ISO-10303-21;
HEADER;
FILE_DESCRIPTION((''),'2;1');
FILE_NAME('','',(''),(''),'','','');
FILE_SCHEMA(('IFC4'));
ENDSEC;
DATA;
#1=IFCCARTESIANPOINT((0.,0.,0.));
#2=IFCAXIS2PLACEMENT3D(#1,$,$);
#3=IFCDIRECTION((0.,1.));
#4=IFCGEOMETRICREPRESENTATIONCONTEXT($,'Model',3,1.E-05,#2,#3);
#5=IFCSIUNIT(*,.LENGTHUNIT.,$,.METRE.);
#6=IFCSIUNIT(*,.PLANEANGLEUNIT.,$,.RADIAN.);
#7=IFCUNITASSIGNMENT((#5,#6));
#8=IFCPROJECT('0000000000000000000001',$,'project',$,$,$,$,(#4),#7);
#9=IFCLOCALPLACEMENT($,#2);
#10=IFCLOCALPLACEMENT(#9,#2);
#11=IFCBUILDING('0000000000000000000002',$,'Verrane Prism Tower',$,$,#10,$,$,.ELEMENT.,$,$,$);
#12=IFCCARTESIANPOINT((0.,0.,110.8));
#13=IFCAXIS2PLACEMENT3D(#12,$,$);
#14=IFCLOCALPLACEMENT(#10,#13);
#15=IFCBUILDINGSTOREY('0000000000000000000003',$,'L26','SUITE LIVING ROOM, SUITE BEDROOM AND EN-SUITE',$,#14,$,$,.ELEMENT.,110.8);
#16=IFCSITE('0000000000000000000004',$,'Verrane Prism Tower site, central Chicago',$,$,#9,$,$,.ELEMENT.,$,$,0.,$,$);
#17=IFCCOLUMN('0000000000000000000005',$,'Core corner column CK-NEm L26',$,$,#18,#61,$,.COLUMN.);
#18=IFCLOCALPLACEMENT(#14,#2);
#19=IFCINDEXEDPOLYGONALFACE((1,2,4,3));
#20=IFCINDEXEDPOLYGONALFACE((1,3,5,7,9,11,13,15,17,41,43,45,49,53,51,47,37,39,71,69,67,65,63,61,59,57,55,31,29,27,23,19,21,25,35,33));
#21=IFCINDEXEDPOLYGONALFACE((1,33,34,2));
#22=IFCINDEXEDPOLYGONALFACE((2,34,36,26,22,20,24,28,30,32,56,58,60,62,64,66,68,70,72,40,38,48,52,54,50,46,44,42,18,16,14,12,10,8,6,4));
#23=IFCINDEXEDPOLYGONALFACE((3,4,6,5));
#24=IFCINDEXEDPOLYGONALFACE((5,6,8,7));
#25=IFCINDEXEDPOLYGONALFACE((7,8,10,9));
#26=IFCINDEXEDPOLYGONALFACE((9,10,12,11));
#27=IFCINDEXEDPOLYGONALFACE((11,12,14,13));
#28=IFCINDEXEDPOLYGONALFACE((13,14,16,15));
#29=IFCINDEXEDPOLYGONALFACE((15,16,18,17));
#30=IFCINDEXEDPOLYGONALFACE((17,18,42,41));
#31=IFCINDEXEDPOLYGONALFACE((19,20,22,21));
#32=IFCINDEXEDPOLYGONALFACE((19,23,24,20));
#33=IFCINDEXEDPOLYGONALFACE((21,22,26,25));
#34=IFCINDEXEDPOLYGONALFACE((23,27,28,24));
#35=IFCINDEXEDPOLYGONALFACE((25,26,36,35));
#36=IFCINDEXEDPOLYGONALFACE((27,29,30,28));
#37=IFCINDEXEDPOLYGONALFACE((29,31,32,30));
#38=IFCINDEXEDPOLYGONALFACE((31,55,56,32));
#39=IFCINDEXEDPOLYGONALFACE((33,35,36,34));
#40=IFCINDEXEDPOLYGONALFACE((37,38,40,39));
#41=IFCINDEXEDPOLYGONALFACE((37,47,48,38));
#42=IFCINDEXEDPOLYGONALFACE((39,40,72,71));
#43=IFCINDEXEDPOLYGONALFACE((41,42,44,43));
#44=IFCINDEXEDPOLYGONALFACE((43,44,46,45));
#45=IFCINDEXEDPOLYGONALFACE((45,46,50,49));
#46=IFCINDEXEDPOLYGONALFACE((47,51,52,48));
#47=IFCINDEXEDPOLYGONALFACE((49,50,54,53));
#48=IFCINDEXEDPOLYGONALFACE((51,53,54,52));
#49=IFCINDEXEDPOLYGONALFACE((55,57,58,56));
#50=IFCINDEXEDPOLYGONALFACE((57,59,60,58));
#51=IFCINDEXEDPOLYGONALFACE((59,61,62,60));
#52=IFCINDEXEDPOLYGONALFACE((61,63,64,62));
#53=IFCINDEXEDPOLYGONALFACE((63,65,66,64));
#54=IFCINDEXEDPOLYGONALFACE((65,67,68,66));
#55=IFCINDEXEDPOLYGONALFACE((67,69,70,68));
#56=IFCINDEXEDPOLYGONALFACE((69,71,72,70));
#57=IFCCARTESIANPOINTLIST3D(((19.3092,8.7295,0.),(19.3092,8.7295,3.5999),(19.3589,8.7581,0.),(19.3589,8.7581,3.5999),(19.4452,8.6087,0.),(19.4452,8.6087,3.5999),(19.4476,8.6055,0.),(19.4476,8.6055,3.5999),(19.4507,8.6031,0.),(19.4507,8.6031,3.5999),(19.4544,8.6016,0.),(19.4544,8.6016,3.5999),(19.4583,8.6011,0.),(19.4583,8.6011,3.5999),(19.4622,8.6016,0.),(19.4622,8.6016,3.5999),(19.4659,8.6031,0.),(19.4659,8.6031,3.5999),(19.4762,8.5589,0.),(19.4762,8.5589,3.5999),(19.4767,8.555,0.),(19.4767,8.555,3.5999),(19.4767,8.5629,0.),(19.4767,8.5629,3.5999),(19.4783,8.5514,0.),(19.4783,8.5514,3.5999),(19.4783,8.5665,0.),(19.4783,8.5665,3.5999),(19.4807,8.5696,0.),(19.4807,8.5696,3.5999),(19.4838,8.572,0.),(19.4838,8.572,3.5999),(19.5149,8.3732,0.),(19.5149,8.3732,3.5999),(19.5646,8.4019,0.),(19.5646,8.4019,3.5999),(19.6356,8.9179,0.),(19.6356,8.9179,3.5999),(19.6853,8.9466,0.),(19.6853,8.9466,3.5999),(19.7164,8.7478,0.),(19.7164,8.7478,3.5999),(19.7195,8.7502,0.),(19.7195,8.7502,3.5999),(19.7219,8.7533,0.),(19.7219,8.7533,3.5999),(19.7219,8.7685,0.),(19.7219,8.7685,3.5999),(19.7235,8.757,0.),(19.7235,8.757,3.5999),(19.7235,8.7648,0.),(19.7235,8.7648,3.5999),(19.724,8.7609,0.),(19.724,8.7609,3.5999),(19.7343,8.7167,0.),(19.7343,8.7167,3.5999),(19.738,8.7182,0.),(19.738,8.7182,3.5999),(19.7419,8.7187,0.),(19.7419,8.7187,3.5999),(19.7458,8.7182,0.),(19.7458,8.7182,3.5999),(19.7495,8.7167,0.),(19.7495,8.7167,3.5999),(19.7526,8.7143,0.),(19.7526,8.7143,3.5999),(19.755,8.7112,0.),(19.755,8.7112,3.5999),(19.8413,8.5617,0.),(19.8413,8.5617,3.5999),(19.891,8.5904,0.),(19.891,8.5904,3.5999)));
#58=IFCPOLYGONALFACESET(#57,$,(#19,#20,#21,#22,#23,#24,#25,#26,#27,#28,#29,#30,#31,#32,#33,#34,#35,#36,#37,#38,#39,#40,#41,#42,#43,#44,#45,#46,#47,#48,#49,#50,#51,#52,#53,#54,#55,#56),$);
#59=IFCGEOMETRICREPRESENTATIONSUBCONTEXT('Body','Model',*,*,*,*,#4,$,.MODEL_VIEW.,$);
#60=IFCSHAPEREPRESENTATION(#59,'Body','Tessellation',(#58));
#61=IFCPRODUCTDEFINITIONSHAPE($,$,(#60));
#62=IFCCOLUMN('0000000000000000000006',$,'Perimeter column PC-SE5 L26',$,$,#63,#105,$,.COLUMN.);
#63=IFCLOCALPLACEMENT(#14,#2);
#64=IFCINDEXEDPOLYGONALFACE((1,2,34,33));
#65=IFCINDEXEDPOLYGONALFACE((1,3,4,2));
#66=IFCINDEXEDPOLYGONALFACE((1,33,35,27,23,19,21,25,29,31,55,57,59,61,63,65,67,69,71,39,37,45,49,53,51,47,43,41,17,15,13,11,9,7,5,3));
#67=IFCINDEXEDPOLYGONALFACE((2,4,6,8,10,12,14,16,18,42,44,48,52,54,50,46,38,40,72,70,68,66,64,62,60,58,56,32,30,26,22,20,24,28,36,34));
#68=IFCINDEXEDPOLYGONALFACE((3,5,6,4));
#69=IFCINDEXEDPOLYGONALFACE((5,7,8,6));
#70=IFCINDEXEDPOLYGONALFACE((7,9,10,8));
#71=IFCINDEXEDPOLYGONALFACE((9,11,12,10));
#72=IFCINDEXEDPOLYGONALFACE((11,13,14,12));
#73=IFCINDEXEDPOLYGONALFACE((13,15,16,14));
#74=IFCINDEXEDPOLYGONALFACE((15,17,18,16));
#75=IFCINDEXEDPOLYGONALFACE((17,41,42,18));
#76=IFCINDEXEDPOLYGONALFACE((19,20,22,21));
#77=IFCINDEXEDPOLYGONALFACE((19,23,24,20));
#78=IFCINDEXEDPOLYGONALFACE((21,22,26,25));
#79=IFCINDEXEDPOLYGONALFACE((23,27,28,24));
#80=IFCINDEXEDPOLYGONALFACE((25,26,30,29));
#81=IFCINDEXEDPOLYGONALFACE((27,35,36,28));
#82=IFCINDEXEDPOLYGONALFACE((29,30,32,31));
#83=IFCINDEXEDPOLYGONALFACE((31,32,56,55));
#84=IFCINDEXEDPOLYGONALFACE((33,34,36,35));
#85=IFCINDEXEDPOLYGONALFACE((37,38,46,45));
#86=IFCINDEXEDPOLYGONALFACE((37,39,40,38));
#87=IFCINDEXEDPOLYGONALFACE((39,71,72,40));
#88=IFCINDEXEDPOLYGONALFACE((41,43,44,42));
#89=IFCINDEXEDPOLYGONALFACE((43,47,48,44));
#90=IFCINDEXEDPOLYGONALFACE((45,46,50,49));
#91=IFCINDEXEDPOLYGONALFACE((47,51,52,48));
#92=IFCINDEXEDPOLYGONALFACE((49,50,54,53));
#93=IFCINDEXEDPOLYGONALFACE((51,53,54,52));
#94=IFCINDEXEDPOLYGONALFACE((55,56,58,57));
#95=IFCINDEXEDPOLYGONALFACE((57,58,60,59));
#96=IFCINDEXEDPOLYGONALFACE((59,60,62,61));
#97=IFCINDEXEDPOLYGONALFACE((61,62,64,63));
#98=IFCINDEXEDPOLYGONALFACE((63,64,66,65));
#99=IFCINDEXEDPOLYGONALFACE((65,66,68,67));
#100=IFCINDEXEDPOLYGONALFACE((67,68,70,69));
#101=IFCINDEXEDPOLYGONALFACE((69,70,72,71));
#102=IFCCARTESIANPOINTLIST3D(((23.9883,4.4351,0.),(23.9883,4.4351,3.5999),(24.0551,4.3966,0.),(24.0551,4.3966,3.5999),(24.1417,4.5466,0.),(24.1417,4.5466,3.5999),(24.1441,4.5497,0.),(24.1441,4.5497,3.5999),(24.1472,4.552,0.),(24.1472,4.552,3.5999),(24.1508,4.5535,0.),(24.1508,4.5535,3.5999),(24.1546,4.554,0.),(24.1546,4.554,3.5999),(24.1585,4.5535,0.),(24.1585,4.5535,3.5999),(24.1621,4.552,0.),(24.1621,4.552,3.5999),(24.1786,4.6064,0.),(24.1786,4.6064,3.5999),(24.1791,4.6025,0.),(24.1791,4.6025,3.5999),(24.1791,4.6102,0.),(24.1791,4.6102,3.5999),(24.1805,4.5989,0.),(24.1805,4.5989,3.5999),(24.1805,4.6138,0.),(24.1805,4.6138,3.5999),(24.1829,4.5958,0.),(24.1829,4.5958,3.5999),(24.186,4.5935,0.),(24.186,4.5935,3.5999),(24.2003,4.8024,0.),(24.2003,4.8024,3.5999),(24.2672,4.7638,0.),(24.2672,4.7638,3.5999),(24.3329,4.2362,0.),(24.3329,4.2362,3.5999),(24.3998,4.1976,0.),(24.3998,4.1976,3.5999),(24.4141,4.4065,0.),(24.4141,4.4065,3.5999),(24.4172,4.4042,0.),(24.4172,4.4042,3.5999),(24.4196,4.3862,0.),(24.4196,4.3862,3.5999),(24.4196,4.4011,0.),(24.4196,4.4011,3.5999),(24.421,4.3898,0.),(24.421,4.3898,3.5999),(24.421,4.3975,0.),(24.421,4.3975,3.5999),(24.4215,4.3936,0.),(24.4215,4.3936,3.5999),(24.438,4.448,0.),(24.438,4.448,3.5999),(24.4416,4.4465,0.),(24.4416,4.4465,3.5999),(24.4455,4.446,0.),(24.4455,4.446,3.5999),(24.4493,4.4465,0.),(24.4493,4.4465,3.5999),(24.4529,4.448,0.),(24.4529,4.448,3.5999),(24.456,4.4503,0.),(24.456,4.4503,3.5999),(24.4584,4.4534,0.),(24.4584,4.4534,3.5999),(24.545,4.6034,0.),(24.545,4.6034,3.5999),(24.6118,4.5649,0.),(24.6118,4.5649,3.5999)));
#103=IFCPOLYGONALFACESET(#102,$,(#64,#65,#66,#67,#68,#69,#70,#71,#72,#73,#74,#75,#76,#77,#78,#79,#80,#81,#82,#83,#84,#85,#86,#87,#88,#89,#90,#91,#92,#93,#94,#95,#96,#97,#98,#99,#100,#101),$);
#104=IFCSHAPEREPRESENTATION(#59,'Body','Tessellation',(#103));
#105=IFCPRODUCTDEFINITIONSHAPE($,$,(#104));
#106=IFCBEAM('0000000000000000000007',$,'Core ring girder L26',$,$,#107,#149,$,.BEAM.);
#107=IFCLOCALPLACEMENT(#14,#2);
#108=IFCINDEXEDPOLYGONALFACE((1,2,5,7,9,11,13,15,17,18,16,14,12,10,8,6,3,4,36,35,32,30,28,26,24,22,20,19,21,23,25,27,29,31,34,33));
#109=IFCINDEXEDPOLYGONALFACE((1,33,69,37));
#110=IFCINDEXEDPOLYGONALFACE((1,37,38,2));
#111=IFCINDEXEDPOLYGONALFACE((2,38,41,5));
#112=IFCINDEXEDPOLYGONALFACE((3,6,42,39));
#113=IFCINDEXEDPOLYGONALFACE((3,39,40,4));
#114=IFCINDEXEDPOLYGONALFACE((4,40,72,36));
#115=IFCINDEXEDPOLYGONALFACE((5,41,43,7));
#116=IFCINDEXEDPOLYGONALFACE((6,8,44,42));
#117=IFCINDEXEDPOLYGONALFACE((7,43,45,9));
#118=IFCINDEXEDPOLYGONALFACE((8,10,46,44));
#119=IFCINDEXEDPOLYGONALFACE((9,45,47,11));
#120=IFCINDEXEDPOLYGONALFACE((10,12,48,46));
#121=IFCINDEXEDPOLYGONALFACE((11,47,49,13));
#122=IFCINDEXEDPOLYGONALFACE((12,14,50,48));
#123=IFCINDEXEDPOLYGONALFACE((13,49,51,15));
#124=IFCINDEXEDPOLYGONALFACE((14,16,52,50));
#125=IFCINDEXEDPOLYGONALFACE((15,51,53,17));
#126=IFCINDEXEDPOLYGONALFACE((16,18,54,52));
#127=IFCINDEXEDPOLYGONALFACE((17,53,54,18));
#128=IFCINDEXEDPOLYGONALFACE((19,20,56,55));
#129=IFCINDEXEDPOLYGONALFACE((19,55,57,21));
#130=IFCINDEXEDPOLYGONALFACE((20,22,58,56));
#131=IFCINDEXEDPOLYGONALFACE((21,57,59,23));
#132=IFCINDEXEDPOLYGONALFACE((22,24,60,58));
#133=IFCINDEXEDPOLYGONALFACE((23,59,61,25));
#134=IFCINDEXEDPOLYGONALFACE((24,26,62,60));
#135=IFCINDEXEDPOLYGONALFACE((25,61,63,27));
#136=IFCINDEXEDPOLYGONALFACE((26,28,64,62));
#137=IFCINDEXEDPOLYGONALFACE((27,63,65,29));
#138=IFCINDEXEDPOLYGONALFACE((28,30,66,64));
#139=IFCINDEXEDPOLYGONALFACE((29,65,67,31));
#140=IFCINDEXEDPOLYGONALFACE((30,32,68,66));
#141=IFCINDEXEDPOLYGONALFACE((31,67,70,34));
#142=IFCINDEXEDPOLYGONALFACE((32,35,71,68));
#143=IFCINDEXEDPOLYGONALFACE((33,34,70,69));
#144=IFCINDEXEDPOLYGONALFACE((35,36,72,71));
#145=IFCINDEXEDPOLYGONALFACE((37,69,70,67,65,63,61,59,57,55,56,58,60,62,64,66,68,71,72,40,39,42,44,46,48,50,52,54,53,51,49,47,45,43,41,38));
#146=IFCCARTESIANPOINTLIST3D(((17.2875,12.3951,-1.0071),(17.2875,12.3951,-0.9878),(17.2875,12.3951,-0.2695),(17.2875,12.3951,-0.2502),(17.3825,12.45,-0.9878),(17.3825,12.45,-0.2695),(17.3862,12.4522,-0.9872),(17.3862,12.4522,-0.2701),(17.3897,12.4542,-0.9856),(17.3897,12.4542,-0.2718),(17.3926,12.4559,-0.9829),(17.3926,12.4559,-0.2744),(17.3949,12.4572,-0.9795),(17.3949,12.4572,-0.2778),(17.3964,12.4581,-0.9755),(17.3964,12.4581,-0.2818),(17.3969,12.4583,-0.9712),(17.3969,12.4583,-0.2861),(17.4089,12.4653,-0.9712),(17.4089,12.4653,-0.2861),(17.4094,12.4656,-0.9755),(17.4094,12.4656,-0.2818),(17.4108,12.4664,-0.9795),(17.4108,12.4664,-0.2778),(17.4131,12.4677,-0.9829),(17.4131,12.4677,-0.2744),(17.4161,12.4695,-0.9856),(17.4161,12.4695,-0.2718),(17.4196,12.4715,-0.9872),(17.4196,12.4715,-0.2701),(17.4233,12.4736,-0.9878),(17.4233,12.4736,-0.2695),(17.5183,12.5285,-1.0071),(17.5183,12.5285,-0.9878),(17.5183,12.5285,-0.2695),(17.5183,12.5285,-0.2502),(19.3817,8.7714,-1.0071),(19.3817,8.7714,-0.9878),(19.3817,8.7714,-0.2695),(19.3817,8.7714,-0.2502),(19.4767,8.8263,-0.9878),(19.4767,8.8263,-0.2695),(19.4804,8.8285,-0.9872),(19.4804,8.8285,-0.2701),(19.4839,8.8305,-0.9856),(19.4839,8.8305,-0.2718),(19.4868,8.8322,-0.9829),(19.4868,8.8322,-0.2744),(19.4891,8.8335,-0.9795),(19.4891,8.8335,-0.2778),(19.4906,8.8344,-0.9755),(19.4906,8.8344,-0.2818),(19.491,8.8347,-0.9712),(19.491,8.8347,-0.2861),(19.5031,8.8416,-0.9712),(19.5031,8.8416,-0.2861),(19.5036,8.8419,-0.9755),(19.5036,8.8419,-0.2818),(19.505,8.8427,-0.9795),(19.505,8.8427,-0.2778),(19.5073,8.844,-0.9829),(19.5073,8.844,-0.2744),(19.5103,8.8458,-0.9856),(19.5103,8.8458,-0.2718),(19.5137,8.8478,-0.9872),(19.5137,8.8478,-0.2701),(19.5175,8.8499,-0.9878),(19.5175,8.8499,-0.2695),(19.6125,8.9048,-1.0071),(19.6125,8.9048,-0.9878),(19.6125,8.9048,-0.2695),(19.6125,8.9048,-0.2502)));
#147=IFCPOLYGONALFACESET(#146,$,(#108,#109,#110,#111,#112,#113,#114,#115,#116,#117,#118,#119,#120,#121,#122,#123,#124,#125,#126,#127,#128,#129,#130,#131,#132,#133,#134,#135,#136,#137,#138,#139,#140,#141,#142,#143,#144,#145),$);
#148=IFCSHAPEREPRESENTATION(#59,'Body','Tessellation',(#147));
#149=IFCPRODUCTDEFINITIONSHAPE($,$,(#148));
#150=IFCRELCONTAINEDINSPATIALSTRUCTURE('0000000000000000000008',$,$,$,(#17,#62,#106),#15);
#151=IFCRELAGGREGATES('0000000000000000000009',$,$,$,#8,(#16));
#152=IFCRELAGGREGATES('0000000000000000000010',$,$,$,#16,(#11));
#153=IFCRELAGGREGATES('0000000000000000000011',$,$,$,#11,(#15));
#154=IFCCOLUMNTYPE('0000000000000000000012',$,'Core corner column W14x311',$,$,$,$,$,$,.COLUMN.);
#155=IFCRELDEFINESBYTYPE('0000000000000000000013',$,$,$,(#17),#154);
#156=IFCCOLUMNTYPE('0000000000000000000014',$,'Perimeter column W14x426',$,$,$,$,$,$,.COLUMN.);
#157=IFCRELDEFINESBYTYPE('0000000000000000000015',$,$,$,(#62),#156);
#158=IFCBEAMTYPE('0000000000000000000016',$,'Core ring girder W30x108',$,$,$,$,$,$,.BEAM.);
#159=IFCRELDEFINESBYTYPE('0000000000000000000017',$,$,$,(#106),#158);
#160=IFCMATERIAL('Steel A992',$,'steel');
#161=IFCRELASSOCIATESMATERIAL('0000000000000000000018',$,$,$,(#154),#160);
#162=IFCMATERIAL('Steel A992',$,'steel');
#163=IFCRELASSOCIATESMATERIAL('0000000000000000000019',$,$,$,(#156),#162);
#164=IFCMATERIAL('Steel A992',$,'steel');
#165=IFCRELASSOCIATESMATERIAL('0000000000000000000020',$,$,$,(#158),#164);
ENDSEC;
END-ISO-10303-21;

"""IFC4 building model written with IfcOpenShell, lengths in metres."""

from ifc_helpers import new_model, si_unit, direction, frame, origin, origin_2d, place, context, subcontext, project, spatial, i_section, extrude, material, material_profile, profile_set, type_object, element, save


model = new_model("IFC4")

# Units and contexts
model_context = context("Model", 3, precision=1e-05, world=origin(), true_north=direction((0.0, 1.0)))
body_context = subcontext(model_context, "Body", "Model", "MODEL_VIEW")
ifc_project = project(units=[si_unit("LENGTHUNIT", "METRE"), si_unit("PLANEANGLEUNIT", "RADIAN")], contexts=[model_context])

# Site, building, storey
site_placement = place(None, origin())
site = spatial("IfcSite", under=ifc_project, at=site_placement, Name="Verrane Prism Tower site, central Chicago", CompositionType="ELEMENT", RefElevation=0.0)
building_placement = place(site_placement, origin())
building = spatial("IfcBuilding", under=site, at=building_placement, Name="Verrane Prism Tower", CompositionType="ELEMENT")
storey_placement = place(building_placement, frame((0.0, 0.0, 110.8)))
storey = spatial("IfcBuildingStorey", under=building, at=storey_placement, Name="L26", Description="SUITE LIVING ROOM, SUITE BEDROOM AND EN-SUITE", CompositionType="ELEMENT", Elevation=110.8)

# Columns
ifc_material_1 = material(Name="Steel A992", Category="steel")
ifc_material_profile_1 = material_profile(ifc_material_1, i_section(OverallWidth=0.4114, OverallDepth=0.4343, WebThickness=0.0359, FlangeThickness=0.0574, FilletRadius=0.0151, at=origin_2d()), Name="W14x311")
ifc_profile_set_1 = profile_set([ifc_material_profile_1], Name="Steel A992")
column_type_1 = type_object("IfcColumnType", Name="Core corner column W14x311", PredefinedType="COLUMN", material=ifc_profile_set_1)
column_1_placement = place(storey_placement, frame((19.6001, 8.6599, 0.0), z_axis=(0.0, 0.0, 1.0), x_axis=(0.5, -0.866025, 0.0)))
element("IfcColumn", 1, at=column_1_placement, inside=storey, type_object=column_type_1, Name="Core corner column CK-NEm L26", PredefinedType="COLUMN", context=body_context, shape_type="SweptSolid", body=[
    extrude(i_section(OverallWidth=0.4114, OverallDepth=0.4343, WebThickness=0.0359, FlangeThickness=0.0574, FilletRadius=0.0151, at=origin_2d()), origin(), (0.0, 0.0, 1.0), 3.5999),
])
ifc_material_2 = material(Name="Steel A992", Category="steel")
ifc_material_profile_2 = material_profile(ifc_material_2, i_section(OverallWidth=0.4241, OverallDepth=0.4751, WebThickness=0.0479, FlangeThickness=0.0771, FilletRadius=0.0149, at=origin_2d()), Name="W14x426")
ifc_profile_set_2 = profile_set([ifc_material_profile_2], Name="Steel A992")
column_type_2 = type_object("IfcColumnType", Name="Perimeter column W14x426", PredefinedType="COLUMN", material=ifc_profile_set_2)
column_2_placement = place(storey_placement, frame((24.3, 4.5, 0.0), z_axis=(0.0, 0.0, 1.0), x_axis=(-0.5, -0.866025, 0.0)))
element("IfcColumn", 2, at=column_2_placement, inside=storey, type_object=column_type_2, Name="Perimeter column PC-SE5 L26", PredefinedType="COLUMN", context=body_context, shape_type="SweptSolid", body=[
    extrude(i_section(OverallWidth=0.4241, OverallDepth=0.4751, WebThickness=0.0479, FlangeThickness=0.0771, FilletRadius=0.0149, at=origin_2d()), origin(), (0.0, 0.0, 1.0), 3.5999),
])

# Beam
ifc_material_3 = material(Name="Steel A992", Category="steel")
ifc_material_profile_3 = material_profile(ifc_material_3, i_section(OverallWidth=0.2666, OverallDepth=0.7568, WebThickness=0.0139, FlangeThickness=0.0193, FilletRadius=0.0166, at=origin_2d()), Name="W30x108")
ifc_profile_set_3 = profile_set([ifc_material_profile_3], Name="Steel A992")
beam_type_1 = type_object("IfcBeamType", Name="Core ring girder W30x108", PredefinedType="BEAM", material=ifc_profile_set_3)
beam_1_placement = place(storey_placement, frame((19.4971, 8.8381, -0.6287), z_axis=(-0.500367, 0.865813, 0.0), x_axis=(-0.865813, -0.500367, 0.0)))
element("IfcBeam", 3, at=beam_1_placement, inside=storey, type_object=beam_type_1, Name="Core ring girder L26", PredefinedType="BEAM", context=body_context, shape_type="SweptSolid", body=[
    extrude(i_section(OverallWidth=0.2666, OverallDepth=0.7568, WebThickness=0.0139, FlangeThickness=0.0193, FilletRadius=0.0166, at=origin_2d()), origin(), (0.0, 0.0, 1.0), 4.1853),
])

save(model, "model.ifc")
